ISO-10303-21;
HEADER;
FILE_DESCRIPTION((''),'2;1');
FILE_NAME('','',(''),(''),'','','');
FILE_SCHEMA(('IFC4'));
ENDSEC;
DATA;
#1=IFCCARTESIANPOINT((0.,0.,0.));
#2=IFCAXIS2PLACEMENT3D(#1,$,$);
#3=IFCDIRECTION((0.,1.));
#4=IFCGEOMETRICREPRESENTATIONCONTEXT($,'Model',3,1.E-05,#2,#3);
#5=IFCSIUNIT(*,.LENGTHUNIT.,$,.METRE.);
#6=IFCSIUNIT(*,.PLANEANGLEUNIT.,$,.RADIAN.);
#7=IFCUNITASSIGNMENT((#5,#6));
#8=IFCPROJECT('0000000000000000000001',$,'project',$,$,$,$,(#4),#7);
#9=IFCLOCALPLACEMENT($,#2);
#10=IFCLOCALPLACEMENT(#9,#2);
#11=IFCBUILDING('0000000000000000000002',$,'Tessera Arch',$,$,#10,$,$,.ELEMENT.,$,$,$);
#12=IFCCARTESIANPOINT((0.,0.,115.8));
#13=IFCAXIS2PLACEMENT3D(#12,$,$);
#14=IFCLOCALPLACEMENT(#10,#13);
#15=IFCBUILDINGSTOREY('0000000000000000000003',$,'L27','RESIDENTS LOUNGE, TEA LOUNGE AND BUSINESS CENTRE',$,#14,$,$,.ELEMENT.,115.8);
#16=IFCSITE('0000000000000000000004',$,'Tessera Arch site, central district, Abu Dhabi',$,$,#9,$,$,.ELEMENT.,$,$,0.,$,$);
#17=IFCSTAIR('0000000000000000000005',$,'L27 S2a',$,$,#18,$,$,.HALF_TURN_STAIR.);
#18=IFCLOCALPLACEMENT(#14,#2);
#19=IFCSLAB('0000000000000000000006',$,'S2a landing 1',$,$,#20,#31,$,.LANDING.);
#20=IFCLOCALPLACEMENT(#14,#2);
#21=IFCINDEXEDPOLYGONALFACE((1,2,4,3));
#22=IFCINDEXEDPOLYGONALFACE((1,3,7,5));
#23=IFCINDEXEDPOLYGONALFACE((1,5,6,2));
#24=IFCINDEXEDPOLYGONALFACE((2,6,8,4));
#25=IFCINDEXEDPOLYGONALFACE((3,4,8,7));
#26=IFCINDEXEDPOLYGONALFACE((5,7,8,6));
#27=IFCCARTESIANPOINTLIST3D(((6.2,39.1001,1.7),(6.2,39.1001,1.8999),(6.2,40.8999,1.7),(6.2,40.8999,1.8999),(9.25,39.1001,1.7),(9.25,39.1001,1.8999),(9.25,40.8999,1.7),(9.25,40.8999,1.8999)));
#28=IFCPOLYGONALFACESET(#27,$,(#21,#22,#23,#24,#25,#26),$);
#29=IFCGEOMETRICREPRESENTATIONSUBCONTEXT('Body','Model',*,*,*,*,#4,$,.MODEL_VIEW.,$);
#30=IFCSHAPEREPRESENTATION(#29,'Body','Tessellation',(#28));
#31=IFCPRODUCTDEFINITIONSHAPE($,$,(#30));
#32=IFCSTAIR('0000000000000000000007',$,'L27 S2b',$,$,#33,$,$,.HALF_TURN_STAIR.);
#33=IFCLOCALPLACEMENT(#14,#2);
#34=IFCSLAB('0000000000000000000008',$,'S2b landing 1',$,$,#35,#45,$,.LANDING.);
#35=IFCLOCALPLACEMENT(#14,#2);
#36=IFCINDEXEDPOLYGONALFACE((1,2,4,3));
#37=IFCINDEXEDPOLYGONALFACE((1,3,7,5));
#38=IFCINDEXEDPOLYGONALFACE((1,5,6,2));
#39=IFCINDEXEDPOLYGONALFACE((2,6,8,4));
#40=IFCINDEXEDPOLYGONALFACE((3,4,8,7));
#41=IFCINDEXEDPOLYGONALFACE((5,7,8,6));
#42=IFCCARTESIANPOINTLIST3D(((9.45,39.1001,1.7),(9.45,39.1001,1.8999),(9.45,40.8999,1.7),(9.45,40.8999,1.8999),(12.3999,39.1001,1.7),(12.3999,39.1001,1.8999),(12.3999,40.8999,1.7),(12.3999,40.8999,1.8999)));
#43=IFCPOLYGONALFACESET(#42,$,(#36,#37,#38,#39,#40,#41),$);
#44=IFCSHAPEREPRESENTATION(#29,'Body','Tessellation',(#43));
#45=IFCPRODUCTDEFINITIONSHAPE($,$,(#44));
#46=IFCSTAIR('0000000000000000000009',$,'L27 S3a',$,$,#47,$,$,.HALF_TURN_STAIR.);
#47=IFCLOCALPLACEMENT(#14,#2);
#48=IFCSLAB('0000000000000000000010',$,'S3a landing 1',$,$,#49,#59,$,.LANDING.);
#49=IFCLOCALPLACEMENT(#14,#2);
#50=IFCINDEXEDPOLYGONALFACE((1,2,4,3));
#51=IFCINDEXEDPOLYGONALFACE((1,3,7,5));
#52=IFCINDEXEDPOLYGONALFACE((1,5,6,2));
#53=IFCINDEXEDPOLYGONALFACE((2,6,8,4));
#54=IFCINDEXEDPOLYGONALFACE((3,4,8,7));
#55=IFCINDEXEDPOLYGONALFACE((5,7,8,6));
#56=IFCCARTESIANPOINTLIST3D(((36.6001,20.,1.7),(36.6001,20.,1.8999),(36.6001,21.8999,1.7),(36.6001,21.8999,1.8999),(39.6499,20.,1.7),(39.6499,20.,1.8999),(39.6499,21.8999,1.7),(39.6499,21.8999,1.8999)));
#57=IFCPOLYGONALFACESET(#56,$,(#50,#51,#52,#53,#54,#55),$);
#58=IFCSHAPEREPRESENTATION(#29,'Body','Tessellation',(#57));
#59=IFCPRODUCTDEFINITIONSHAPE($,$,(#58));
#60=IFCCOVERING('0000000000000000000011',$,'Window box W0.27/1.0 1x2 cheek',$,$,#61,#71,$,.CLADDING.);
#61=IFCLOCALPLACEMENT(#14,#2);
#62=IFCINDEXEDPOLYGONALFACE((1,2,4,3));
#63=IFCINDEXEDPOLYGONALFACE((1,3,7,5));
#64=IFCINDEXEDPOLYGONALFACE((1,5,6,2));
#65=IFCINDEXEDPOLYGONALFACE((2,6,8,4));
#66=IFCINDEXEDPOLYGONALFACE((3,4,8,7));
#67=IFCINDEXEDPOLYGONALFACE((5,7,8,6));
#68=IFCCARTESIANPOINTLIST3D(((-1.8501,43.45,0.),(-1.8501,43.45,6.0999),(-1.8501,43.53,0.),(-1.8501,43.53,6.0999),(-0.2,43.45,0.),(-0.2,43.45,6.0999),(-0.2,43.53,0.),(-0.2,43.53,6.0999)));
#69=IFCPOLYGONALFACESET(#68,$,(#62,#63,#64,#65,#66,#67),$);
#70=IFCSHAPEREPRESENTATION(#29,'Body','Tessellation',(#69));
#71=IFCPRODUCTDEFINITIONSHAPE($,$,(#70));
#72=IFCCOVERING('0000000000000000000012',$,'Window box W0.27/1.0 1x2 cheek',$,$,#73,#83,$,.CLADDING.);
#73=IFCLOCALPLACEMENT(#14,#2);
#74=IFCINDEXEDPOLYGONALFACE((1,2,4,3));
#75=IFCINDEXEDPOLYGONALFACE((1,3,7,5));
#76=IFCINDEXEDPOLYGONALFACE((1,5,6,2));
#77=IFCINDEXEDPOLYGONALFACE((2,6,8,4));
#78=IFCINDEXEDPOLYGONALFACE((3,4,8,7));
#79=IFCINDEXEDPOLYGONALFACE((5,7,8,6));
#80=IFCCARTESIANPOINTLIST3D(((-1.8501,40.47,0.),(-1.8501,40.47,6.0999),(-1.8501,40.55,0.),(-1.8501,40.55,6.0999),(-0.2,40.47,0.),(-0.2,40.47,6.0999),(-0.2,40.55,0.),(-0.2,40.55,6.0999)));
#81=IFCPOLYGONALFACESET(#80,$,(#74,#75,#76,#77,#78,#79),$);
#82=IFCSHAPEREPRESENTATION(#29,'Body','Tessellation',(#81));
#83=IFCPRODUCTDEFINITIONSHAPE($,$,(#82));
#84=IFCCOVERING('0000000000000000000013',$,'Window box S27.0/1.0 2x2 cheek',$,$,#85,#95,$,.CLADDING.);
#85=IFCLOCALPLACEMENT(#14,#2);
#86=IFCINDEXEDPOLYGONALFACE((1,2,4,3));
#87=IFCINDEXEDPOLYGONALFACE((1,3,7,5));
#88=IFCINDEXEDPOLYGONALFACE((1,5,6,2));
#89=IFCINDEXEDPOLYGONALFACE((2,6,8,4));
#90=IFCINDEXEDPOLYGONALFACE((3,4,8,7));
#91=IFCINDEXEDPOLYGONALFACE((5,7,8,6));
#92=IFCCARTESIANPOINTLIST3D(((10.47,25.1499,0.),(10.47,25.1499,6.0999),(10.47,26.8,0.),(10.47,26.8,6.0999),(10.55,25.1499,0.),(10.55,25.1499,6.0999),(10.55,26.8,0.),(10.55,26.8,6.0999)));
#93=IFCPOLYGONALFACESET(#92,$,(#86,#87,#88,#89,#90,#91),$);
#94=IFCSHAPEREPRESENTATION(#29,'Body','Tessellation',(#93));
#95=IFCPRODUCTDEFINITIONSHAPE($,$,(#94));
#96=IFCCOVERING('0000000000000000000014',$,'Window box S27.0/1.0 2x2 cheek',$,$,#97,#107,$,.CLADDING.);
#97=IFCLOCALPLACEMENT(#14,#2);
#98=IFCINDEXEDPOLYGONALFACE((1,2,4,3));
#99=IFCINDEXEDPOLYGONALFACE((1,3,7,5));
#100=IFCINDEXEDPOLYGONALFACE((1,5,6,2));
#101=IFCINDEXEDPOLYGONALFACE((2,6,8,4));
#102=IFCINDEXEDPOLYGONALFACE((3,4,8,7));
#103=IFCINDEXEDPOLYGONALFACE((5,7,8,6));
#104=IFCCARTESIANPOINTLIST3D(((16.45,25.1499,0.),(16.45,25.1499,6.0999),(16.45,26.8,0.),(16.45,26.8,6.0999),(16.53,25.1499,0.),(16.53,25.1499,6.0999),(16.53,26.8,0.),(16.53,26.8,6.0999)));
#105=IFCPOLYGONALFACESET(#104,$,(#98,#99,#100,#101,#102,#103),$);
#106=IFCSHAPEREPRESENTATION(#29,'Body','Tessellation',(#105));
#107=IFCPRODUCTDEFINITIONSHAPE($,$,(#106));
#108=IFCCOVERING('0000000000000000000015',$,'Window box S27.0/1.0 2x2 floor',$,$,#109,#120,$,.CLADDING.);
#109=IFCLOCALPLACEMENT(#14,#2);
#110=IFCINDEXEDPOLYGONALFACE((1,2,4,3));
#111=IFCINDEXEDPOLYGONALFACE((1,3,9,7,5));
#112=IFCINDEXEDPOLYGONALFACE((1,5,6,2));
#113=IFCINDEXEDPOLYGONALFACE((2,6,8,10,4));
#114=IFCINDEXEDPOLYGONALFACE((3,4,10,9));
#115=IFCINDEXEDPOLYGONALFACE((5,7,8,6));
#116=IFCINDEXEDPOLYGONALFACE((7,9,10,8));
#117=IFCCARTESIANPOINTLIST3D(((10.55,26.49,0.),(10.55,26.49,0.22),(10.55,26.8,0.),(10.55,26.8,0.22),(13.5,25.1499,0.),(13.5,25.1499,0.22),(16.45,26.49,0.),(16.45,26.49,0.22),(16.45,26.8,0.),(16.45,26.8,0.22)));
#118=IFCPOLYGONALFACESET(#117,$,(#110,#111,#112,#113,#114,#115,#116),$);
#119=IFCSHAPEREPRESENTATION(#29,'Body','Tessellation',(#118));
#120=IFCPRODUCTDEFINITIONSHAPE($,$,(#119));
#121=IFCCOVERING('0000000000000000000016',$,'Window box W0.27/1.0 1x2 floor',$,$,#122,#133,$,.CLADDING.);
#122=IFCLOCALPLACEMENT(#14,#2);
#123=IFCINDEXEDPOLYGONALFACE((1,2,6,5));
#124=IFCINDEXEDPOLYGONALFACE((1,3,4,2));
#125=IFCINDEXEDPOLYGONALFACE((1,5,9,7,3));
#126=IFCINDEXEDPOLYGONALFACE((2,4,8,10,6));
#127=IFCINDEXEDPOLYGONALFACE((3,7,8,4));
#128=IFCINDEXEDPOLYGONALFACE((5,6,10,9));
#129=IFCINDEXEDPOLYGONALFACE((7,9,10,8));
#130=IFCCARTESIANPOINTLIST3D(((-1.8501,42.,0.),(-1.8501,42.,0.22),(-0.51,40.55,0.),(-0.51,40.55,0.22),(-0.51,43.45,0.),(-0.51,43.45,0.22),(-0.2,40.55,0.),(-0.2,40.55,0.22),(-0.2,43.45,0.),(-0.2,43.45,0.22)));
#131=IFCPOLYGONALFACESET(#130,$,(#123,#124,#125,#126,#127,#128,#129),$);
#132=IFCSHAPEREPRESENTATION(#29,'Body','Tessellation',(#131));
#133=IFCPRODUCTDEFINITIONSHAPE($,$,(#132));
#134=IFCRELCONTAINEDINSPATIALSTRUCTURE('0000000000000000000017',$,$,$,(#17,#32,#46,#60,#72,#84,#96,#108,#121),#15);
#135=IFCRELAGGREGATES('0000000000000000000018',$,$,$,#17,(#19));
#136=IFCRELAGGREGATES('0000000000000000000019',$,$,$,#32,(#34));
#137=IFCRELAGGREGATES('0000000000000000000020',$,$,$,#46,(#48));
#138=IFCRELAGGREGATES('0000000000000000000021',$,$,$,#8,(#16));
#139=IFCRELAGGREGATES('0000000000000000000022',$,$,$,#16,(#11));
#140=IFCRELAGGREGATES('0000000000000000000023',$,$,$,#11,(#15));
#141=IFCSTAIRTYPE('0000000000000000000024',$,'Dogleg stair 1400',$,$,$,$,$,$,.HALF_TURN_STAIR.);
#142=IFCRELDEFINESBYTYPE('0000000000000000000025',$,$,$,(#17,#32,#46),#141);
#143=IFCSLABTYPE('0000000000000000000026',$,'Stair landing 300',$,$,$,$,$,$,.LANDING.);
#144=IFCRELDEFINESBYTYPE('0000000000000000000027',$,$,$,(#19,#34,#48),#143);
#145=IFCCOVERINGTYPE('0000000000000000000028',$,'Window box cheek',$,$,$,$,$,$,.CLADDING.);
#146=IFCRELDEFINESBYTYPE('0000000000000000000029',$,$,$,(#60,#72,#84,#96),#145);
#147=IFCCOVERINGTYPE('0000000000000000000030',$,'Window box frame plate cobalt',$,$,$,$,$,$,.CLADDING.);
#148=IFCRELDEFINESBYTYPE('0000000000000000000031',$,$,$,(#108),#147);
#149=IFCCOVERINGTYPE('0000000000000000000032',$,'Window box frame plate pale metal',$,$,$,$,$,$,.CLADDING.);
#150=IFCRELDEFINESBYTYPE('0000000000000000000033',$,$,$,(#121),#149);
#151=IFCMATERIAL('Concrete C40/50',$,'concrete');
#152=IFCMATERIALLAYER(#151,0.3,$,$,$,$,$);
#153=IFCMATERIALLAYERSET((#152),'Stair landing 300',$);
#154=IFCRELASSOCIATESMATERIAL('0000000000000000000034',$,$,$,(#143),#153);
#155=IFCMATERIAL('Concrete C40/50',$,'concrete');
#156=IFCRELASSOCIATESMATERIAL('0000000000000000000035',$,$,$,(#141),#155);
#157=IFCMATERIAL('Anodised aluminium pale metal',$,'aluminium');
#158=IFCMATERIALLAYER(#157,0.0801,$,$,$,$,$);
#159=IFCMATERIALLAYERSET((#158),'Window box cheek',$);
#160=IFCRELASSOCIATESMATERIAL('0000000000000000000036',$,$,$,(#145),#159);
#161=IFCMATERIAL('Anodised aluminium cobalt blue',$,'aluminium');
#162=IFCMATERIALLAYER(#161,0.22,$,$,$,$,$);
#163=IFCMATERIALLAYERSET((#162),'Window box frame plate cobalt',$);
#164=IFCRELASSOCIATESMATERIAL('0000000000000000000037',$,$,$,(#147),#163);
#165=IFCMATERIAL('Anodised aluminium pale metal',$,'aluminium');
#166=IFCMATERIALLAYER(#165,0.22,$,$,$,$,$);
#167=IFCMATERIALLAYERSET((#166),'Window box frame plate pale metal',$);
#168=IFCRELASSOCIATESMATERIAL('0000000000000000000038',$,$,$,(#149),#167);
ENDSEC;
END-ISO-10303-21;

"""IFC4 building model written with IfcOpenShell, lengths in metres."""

from ifc_helpers import new_model, si_unit, direction, frame, origin, place, context, subcontext, project, spatial, polyline, outline, extrude, material, layer, layer_set, type_object, element, aggregate, save


model = new_model("IFC4")

# Units and contexts
model_context = context("Model", 3, precision=1e-05, world=origin(), true_north=direction((0.0, 1.0)))
body_context = subcontext(model_context, "Body", "Model", "MODEL_VIEW")
ifc_project = project(units=[si_unit("LENGTHUNIT", "METRE"), si_unit("PLANEANGLEUNIT", "RADIAN")], contexts=[model_context])

# Site, building, storey
site_placement = place(None, origin())
site = spatial("IfcSite", under=ifc_project, at=site_placement, Name="Tessera Arch site, central district, Abu Dhabi", CompositionType="ELEMENT", RefElevation=0.0)
building_placement = place(site_placement, origin())
building = spatial("IfcBuilding", under=site, at=building_placement, Name="Tessera Arch", CompositionType="ELEMENT")
storey_placement = place(building_placement, frame((0.0, 0.0, 115.8)))
storey = spatial("IfcBuildingStorey", under=building, at=storey_placement, Name="L27", Description="RESIDENTS LOUNGE, TEA LOUNGE AND BUSINESS CENTRE", CompositionType="ELEMENT", Elevation=115.8)

# Stairs, slabs
ifc_material_1 = material(Name="Concrete C40/50", Category="concrete")
ifc_layer_1 = layer(ifc_material_1, 0.3)
ifc_layer_set_1 = layer_set([ifc_layer_1], Name="Stair landing 300")
slab_type_1 = type_object("IfcSlabType", Name="Stair landing 300", PredefinedType="LANDING", material=ifc_layer_set_1)
ifc_material_2 = material(Name="Concrete C40/50", Category="concrete")
stair_type_1 = type_object("IfcStairType", Name="Dogleg stair 1400", PredefinedType="HALF_TURN_STAIR", material=ifc_material_2)
stair_1_placement = place(storey_placement, origin())
stair_1 = element("IfcStair", 1, at=stair_1_placement, inside=storey, type_object=stair_type_1, Name="L27 S2a", PredefinedType="HALF_TURN_STAIR")
slab_1_placement = place(storey_placement, frame((0.0, 0.0, 1.7)))
slab_1 = element("IfcSlab", 2, at=slab_1_placement, type_object=slab_type_1, Name="S2a landing 1", PredefinedType="LANDING", context=body_context, shape_type="SweptSolid", body=[
    extrude(outline(polyline([(6.2, 40.8999), (6.2, 39.1001), (9.25, 39.1001), (9.25, 40.8999), (6.2, 40.8999)])), origin(), (0.0, 0.0, 1.0), 0.2),
])
aggregate(stair_1, [slab_1])
stair_2_placement = place(storey_placement, origin())
stair_2 = element("IfcStair", 3, at=stair_2_placement, inside=storey, type_object=stair_type_1, Name="L27 S2b", PredefinedType="HALF_TURN_STAIR")
slab_2_placement = place(storey_placement, frame((0.0, 0.0, 1.7)))
slab_2 = element("IfcSlab", 4, at=slab_2_placement, type_object=slab_type_1, Name="S2b landing 1", PredefinedType="LANDING", context=body_context, shape_type="SweptSolid", body=[
    extrude(outline(polyline([(9.45, 40.8999), (9.45, 39.1001), (12.3999, 39.1001), (12.3999, 40.8999), (9.45, 40.8999)])), origin(), (0.0, 0.0, 1.0), 0.2),
])
aggregate(stair_2, [slab_2])
stair_3_placement = place(storey_placement, origin())
stair_3 = element("IfcStair", 5, at=stair_3_placement, inside=storey, type_object=stair_type_1, Name="L27 S3a", PredefinedType="HALF_TURN_STAIR")
slab_3_placement = place(storey_placement, frame((0.0, 0.0, 1.7)))
slab_3 = element("IfcSlab", 6, at=slab_3_placement, type_object=slab_type_1, Name="S3a landing 1", PredefinedType="LANDING", context=body_context, shape_type="SweptSolid", body=[
    extrude(outline(polyline([(39.6499, 20.0), (39.6499, 21.8999), (36.6001, 21.8999), (36.6001, 20.0), (39.6499, 20.0)])), origin(), (0.0, 0.0, 1.0), 0.2),
])
aggregate(stair_3, [slab_3])

# Coverings
ifc_material_3 = material(Name="Anodised aluminium pale metal", Category="aluminium")
ifc_layer_2 = layer(ifc_material_3, 0.0801)
ifc_layer_set_2 = layer_set([ifc_layer_2], Name="Window box cheek")
covering_type_1 = type_object("IfcCoveringType", Name="Window box cheek", PredefinedType="CLADDING", material=ifc_layer_set_2)
covering_1_placement = place(storey_placement, origin())
element("IfcCovering", 7, at=covering_1_placement, inside=storey, type_object=covering_type_1, Name="Window box W0.27/1.0 1x2 cheek", PredefinedType="CLADDING", context=body_context, shape_type="SweptSolid", body=[
    extrude(outline(polyline([(-1.8501, 43.53), (-1.8501, 43.45), (-0.2, 43.45), (-0.2, 43.53), (-1.8501, 43.53)])), origin(), (0.0, 0.0, 1.0), 6.0999),
])
covering_2_placement = place(storey_placement, origin())
element("IfcCovering", 8, at=covering_2_placement, inside=storey, type_object=covering_type_1, Name="Window box W0.27/1.0 1x2 cheek", PredefinedType="CLADDING", context=body_context, shape_type="SweptSolid", body=[
    extrude(outline(polyline([(-1.8501, 40.55), (-1.8501, 40.47), (-0.2, 40.47), (-0.2, 40.55), (-1.8501, 40.55)])), origin(), (0.0, 0.0, 1.0), 6.0999),
])
covering_3_placement = place(storey_placement, origin())
element("IfcCovering", 9, at=covering_3_placement, inside=storey, type_object=covering_type_1, Name="Window box S27.0/1.0 2x2 cheek", PredefinedType="CLADDING", context=body_context, shape_type="SweptSolid", body=[
    extrude(outline(polyline([(10.47, 25.1499), (10.55, 25.1499), (10.55, 26.8), (10.47, 26.8), (10.47, 25.1499)])), origin(), (0.0, 0.0, 1.0), 6.0999),
])
covering_4_placement = place(storey_placement, origin())
element("IfcCovering", 10, at=covering_4_placement, inside=storey, type_object=covering_type_1, Name="Window box S27.0/1.0 2x2 cheek", PredefinedType="CLADDING", context=body_context, shape_type="SweptSolid", body=[
    extrude(outline(polyline([(16.45, 25.1499), (16.53, 25.1499), (16.53, 26.8), (16.45, 26.8), (16.45, 25.1499)])), origin(), (0.0, 0.0, 1.0), 6.0999),
])
ifc_material_4 = material(Name="Anodised aluminium cobalt blue", Category="aluminium")
ifc_layer_3 = layer(ifc_material_4, 0.22)
ifc_layer_set_3 = layer_set([ifc_layer_3], Name="Window box frame plate cobalt")
covering_type_2 = type_object("IfcCoveringType", Name="Window box frame plate cobalt", PredefinedType="CLADDING", material=ifc_layer_set_3)
covering_5_placement = place(storey_placement, origin())
element("IfcCovering", 11, at=covering_5_placement, inside=storey, type_object=covering_type_2, Name="Window box S27.0/1.0 2x2 floor", PredefinedType="CLADDING", context=body_context, shape_type="SweptSolid", body=[
    extrude(outline(polyline([(10.55, 26.49), (13.5, 25.1499), (16.45, 26.49), (16.45, 26.8), (10.55, 26.8), (10.55, 26.49)])), origin(), (0.0, 0.0, 1.0), 0.22),
])
ifc_material_5 = material(Name="Anodised aluminium pale metal", Category="aluminium")
ifc_layer_4 = layer(ifc_material_5, 0.22)
ifc_layer_set_4 = layer_set([ifc_layer_4], Name="Window box frame plate pale metal")
covering_type_3 = type_object("IfcCoveringType", Name="Window box frame plate pale metal", PredefinedType="CLADDING", material=ifc_layer_set_4)
covering_6_placement = place(storey_placement, origin())
element("IfcCovering", 12, at=covering_6_placement, inside=storey, type_object=covering_type_3, Name="Window box W0.27/1.0 1x2 floor", PredefinedType="CLADDING", context=body_context, shape_type="SweptSolid", body=[
    extrude(outline(polyline([(-0.51, 43.45), (-1.8501, 42.0), (-0.51, 40.55), (-0.2, 40.55), (-0.2, 43.45), (-0.51, 43.45)])), origin(), (0.0, 0.0, 1.0), 0.22),
])

save(model, "model.ifc")
